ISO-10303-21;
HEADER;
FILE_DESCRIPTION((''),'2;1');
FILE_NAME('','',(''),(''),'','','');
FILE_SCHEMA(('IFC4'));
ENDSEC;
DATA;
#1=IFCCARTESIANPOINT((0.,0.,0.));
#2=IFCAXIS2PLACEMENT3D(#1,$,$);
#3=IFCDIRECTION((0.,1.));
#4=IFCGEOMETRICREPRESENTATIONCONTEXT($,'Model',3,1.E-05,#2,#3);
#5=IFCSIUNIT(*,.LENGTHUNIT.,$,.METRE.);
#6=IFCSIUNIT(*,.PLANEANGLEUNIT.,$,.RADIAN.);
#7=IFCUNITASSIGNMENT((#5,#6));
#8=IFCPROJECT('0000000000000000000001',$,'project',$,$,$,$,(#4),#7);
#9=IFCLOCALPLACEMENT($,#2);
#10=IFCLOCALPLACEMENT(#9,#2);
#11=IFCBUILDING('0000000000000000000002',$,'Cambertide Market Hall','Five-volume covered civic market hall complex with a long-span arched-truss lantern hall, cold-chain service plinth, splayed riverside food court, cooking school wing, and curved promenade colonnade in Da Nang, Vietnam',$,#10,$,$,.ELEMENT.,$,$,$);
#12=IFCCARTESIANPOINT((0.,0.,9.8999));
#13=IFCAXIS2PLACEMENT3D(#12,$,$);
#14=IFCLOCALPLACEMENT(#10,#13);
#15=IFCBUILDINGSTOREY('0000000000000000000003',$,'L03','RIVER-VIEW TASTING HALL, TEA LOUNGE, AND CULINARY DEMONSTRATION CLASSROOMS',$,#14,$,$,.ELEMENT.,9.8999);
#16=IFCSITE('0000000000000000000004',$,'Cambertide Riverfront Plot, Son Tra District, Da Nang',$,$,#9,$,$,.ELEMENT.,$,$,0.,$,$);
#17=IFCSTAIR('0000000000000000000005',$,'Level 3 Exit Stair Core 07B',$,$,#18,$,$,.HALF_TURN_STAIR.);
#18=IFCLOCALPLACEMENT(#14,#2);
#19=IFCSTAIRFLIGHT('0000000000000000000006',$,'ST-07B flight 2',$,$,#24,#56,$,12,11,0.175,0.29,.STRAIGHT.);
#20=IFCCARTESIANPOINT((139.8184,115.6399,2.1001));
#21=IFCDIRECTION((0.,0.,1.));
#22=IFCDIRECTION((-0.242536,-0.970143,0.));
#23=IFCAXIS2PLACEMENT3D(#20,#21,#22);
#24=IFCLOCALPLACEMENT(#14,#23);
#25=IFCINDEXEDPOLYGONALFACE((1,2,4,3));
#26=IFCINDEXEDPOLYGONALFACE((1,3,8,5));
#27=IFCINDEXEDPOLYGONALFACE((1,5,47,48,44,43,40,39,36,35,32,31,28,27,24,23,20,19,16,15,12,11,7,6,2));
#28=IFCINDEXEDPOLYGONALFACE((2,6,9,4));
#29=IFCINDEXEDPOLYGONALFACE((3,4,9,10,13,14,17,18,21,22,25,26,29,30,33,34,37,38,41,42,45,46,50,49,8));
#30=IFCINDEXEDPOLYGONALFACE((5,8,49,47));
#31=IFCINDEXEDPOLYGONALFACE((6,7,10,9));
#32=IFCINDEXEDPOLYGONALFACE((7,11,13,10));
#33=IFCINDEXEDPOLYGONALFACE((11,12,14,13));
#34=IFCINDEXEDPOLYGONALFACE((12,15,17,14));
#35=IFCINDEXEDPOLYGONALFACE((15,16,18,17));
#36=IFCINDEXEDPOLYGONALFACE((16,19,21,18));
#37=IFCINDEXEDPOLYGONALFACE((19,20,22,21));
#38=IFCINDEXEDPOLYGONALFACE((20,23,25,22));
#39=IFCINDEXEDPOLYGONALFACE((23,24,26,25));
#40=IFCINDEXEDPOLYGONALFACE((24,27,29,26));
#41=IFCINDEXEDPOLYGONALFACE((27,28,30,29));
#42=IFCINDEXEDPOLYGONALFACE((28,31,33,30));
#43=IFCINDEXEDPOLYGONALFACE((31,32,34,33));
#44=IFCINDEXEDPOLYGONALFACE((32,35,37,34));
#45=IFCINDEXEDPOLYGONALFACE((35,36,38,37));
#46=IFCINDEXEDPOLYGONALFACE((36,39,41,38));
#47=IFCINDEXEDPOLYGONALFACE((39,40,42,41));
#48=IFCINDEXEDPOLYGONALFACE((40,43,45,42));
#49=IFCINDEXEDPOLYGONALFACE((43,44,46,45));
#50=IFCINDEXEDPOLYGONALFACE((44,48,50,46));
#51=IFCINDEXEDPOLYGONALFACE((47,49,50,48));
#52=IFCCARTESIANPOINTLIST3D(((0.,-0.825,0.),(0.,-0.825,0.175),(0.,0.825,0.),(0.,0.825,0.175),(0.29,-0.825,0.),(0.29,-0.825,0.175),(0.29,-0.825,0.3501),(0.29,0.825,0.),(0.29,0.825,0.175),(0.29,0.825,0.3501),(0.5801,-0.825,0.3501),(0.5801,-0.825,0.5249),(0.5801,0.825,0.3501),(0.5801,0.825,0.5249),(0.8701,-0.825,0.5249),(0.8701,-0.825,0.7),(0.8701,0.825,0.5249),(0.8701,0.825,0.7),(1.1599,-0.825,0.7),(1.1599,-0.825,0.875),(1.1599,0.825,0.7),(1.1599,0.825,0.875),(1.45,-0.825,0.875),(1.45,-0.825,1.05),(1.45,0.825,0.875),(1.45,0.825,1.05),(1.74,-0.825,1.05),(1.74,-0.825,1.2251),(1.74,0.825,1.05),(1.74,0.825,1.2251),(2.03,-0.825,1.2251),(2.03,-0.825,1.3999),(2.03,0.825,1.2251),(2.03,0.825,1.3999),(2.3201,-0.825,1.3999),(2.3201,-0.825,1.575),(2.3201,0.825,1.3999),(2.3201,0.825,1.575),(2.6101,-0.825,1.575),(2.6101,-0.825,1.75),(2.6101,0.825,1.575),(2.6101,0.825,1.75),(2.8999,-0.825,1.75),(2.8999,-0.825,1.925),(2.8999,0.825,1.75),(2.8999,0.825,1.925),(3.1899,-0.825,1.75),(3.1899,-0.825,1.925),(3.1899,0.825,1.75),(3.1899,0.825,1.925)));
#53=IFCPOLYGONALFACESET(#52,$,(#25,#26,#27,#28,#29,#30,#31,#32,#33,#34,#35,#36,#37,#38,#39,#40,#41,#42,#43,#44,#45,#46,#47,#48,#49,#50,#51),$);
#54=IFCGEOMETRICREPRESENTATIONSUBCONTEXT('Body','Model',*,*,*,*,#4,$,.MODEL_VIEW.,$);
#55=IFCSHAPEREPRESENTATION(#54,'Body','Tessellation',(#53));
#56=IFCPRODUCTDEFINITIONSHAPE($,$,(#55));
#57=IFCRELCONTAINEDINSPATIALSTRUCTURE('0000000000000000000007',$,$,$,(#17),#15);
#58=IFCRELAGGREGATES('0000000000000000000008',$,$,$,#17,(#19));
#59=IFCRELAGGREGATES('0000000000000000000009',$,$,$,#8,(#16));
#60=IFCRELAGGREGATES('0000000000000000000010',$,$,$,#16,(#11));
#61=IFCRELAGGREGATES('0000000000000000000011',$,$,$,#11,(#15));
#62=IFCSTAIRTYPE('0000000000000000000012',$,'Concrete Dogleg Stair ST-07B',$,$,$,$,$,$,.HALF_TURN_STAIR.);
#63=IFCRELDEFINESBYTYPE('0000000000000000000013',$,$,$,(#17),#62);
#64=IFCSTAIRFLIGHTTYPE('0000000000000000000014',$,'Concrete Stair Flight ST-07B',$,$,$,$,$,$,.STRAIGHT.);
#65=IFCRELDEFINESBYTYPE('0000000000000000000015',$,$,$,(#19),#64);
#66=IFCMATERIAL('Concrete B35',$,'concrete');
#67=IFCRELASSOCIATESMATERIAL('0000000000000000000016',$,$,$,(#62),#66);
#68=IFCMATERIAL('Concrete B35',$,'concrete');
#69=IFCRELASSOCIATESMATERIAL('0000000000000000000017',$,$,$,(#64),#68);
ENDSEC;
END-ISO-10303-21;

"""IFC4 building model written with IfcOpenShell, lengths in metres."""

from ifc_helpers import new_model, si_unit, direction, frame, origin, place, context, subcontext, project, spatial, polyline, outline, extrude, material, type_object, element, aggregate, save


model = new_model("IFC4")

# Units and contexts
model_context = context("Model", 3, precision=1e-05, world=origin(), true_north=direction((0.0, 1.0)))
body_context = subcontext(model_context, "Body", "Model", "MODEL_VIEW")
ifc_project = project(units=[si_unit("LENGTHUNIT", "METRE"), si_unit("PLANEANGLEUNIT", "RADIAN")], contexts=[model_context])

# Site, building, storey
site_placement = place(None, origin())
site = spatial("IfcSite", under=ifc_project, at=site_placement, Name="Cambertide Riverfront Plot, Son Tra District, Da Nang", CompositionType="ELEMENT", RefElevation=0.0)
building_placement = place(site_placement, origin())
building = spatial("IfcBuilding", under=site, at=building_placement, Name="Cambertide Market Hall", Description="Five-volume covered civic market hall complex with a long-span arched-truss lantern hall, cold-chain service plinth, splayed riverside food court, cooking school wing, and curved promenade colonnade in Da Nang, Vietnam", CompositionType="ELEMENT")
storey_placement = place(building_placement, frame((0.0, 0.0, 9.8999)))
storey = spatial("IfcBuildingStorey", under=building, at=storey_placement, Name="L03", Description="RIVER-VIEW TASTING HALL, TEA LOUNGE, AND CULINARY DEMONSTRATION CLASSROOMS", CompositionType="ELEMENT", Elevation=9.8999)

# Stair, stair flight
ifc_material_1 = material(Name="Concrete B35", Category="concrete")
stair_type = type_object("IfcStairType", Name="Concrete Dogleg Stair ST-07B", PredefinedType="HALF_TURN_STAIR", material=ifc_material_1)
stair_placement = place(storey_placement, origin())
stair = element("IfcStair", 1, at=stair_placement, inside=storey, type_object=stair_type, Name="Level 3 Exit Stair Core 07B", PredefinedType="HALF_TURN_STAIR")
ifc_material_2 = material(Name="Concrete B35", Category="concrete")
stair_flight_type = type_object("IfcStairFlightType", Name="Concrete Stair Flight ST-07B", PredefinedType="STRAIGHT", material=ifc_material_2)
stair_flight_placement = place(storey_placement, frame((139.8184, 115.6399, 2.1001), z_axis=(0.0, 0.0, 1.0), x_axis=(-0.242536, -0.970143, 0.0)))
stair_flight = element("IfcStairFlight", 2, at=stair_flight_placement, type_object=stair_flight_type, Name="ST-07B flight 2", NumberOfRisers=12, NumberOfTreads=11, PredefinedType="STRAIGHT", RiserHeight=0.175, TreadLength=0.29, context=body_context, shape_type="SweptSolid", body=[
    extrude(outline(polyline([(0.0, 0.0), (0.0, 0.175), (0.29, 0.175), (0.29, 0.3501), (0.5801, 0.3501), (0.5801, 0.5249), (0.8701, 0.5249), (0.8701, 0.7), (1.1599, 0.7), (1.1599, 0.875), (1.45, 0.875), (1.45, 1.05), (1.74, 1.05), (1.74, 1.2251), (2.03, 1.2251), (2.03, 1.3999), (2.3201, 1.3999), (2.3201, 1.575), (2.6101, 1.575), (2.6101, 1.75), (2.8999, 1.75), (2.8999, 1.925), (3.1899, 1.925), (3.1899, 2.1001), (3.1899, 1.75), (0.29, 0.0), (0.0, 0.0)])), frame((0.0, 0.825, 0.0), z_axis=(0.0, -1.0, 0.0), x_axis=(1.0, 0.0, 0.0)), (0.0, 0.0, 1.0), 1.6499),
])
aggregate(stair, [stair_flight])

save(model, "model.ifc")
